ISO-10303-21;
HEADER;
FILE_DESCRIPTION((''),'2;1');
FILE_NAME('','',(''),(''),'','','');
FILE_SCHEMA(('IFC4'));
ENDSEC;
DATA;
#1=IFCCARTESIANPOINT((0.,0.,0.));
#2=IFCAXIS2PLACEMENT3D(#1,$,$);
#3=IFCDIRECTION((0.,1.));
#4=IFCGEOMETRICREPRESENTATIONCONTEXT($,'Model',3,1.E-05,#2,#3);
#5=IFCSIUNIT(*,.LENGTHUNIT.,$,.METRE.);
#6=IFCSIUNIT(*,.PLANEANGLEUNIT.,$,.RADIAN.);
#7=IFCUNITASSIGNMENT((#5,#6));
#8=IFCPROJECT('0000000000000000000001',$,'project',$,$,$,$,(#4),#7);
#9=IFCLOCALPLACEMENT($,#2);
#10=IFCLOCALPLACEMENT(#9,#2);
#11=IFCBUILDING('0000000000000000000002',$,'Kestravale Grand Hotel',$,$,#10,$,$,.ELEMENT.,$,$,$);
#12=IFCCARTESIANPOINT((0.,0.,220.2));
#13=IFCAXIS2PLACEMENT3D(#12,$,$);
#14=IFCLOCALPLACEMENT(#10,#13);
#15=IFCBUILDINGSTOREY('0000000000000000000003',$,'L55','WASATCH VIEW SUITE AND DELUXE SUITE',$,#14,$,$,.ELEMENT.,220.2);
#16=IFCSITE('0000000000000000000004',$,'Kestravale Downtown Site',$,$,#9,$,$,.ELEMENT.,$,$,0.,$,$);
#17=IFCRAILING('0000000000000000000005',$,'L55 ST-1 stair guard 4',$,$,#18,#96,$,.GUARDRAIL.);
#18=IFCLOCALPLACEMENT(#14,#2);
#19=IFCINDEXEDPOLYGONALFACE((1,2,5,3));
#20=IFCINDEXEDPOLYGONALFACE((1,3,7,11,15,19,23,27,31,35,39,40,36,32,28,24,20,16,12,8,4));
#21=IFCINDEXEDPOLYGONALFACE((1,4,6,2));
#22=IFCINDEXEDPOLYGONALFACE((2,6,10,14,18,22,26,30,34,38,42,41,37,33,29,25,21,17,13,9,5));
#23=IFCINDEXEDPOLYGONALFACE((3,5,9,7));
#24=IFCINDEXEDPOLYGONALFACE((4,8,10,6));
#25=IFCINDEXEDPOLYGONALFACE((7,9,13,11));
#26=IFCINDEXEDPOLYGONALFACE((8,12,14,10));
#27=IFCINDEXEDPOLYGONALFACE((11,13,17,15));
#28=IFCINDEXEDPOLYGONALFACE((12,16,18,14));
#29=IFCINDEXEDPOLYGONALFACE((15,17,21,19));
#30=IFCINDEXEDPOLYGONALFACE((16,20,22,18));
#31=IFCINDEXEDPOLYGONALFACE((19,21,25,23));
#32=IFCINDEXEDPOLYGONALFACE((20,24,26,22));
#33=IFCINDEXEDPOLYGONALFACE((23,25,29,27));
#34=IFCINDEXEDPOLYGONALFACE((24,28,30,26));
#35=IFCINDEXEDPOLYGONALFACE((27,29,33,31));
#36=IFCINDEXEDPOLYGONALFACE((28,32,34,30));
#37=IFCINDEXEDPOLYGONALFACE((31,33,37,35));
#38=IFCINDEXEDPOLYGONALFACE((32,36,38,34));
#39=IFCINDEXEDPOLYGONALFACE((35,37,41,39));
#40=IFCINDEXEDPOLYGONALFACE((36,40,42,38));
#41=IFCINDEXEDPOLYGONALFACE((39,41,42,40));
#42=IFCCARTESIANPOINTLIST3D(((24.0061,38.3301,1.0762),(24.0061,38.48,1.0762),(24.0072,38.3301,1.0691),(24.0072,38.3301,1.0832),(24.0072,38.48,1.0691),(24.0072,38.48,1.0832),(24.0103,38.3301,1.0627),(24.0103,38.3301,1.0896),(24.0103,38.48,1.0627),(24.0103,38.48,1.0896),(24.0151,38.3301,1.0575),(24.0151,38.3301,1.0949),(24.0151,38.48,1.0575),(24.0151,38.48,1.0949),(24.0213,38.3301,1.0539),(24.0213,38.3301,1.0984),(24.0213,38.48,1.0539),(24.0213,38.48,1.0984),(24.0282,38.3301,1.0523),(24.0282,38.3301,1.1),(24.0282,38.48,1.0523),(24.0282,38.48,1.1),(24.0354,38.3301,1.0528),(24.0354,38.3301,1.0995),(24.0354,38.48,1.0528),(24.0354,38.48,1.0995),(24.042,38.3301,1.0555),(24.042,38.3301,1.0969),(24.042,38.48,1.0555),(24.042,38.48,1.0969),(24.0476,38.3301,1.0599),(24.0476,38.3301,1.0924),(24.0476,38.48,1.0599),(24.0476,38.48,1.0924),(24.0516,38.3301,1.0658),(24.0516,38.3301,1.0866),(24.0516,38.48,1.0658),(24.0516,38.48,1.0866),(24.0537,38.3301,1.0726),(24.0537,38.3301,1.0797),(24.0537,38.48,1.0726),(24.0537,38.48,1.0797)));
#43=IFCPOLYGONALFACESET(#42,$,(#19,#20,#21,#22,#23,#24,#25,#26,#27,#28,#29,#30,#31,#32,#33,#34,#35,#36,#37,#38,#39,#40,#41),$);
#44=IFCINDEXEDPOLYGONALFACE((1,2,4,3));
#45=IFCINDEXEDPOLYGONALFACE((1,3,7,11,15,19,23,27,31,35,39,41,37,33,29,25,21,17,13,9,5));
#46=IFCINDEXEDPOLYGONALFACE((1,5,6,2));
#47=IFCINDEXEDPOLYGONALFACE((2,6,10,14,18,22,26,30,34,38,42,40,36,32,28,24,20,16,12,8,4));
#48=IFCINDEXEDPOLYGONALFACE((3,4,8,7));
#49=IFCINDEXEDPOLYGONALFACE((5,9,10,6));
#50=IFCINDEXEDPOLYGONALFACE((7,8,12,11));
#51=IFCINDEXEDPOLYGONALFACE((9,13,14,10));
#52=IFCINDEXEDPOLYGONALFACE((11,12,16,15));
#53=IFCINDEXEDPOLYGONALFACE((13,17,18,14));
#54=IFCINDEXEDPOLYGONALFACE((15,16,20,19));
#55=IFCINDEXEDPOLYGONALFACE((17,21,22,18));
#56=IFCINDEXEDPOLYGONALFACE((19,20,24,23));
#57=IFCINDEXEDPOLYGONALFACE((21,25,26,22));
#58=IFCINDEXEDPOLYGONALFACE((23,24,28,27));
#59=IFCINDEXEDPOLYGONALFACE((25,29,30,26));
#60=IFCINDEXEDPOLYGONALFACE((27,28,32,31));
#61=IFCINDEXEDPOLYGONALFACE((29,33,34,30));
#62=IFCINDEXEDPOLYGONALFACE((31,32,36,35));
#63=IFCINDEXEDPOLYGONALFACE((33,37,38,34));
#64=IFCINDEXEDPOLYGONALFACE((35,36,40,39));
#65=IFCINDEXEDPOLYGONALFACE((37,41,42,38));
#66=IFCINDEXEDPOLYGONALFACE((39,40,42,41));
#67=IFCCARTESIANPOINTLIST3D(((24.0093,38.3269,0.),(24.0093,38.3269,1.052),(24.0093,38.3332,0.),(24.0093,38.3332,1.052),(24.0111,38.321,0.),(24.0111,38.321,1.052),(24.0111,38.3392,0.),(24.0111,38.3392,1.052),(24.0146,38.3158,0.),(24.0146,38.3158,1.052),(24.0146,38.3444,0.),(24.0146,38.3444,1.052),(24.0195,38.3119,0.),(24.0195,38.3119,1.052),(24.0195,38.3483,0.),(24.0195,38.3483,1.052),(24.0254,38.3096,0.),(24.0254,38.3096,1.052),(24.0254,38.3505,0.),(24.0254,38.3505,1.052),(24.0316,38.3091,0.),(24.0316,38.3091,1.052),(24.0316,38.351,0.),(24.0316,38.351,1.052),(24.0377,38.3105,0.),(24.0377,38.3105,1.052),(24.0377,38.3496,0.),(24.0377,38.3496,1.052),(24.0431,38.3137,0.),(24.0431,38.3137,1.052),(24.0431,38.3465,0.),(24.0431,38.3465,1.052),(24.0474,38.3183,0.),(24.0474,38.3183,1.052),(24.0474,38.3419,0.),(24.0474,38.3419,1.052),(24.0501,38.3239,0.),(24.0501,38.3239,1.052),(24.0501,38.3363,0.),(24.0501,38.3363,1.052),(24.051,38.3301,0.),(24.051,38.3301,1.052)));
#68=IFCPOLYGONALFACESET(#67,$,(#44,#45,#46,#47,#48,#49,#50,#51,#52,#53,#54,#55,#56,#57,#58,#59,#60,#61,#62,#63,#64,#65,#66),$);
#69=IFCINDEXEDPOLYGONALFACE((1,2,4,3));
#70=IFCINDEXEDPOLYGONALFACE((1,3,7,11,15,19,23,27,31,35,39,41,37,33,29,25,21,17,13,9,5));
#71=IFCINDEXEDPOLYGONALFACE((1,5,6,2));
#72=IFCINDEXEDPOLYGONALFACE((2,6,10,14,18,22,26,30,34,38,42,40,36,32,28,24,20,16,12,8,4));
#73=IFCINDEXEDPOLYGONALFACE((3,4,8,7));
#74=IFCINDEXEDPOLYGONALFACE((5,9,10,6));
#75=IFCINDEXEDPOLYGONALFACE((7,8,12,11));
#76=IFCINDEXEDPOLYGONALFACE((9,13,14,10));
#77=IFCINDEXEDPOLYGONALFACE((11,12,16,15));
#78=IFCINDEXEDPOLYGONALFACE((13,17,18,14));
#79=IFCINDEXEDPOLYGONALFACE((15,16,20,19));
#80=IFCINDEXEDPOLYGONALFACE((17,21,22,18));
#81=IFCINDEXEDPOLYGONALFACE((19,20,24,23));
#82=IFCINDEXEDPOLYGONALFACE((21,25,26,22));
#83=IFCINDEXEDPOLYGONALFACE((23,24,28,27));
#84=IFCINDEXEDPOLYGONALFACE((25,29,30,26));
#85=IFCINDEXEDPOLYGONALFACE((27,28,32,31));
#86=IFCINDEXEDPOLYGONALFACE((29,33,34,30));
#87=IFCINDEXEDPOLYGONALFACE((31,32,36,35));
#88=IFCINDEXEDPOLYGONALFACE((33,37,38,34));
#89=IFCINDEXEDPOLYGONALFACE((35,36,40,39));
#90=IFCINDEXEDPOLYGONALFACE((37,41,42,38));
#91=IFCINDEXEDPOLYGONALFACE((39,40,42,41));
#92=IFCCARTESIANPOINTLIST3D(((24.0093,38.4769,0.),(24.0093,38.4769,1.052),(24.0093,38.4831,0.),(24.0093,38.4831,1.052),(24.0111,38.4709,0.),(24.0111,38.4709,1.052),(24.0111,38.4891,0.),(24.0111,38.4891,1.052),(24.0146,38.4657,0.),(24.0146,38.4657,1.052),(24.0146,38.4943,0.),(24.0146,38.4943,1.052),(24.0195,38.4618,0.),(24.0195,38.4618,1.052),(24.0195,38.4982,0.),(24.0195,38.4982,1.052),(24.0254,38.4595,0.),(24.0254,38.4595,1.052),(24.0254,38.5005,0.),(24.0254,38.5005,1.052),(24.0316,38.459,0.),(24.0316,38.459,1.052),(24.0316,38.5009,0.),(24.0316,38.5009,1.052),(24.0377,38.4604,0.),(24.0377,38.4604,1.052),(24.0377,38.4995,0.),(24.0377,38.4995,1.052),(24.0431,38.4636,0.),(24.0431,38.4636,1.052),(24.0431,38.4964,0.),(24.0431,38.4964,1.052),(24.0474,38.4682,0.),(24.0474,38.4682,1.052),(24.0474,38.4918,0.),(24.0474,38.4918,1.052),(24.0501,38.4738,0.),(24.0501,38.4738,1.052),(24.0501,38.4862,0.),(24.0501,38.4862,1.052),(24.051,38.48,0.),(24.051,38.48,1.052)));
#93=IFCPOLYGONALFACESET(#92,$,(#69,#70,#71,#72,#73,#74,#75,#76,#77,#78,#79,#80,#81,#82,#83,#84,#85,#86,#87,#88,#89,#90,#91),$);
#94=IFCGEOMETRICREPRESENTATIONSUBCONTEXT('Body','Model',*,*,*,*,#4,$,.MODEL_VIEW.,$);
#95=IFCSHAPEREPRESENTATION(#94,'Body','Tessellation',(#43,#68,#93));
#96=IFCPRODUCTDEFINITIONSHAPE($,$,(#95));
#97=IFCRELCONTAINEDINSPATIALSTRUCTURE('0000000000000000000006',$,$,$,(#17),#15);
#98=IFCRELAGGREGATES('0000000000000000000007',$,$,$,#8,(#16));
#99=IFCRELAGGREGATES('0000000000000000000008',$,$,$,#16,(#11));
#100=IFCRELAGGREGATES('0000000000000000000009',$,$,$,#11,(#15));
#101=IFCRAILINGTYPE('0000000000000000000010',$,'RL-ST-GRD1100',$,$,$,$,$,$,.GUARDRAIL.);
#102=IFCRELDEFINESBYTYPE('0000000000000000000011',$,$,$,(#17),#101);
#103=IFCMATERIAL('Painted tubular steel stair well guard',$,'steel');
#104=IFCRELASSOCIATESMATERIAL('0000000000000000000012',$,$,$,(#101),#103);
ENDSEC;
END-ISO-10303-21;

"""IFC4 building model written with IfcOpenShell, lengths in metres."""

from ifc_helpers import new_model, si_unit, direction, frame, origin, origin_2d, place, context, subcontext, project, spatial, circle, extrude, material, type_object, element, save


model = new_model("IFC4")

# Units and contexts
model_context = context("Model", 3, precision=1e-05, world=origin(), true_north=direction((0.0, 1.0)))
body_context = subcontext(model_context, "Body", "Model", "MODEL_VIEW")
ifc_project = project(units=[si_unit("LENGTHUNIT", "METRE"), si_unit("PLANEANGLEUNIT", "RADIAN")], contexts=[model_context])

# Site, building, storey
site_placement = place(None, origin())
site = spatial("IfcSite", under=ifc_project, at=site_placement, Name="Kestravale Downtown Site", CompositionType="ELEMENT", RefElevation=0.0)
building_placement = place(site_placement, origin())
building = spatial("IfcBuilding", under=site, at=building_placement, Name="Kestravale Grand Hotel", CompositionType="ELEMENT")
storey_placement = place(building_placement, frame((0.0, 0.0, 220.2)))
storey = spatial("IfcBuildingStorey", under=building, at=storey_placement, Name="L55", Description="WASATCH VIEW SUITE AND DELUXE SUITE", CompositionType="ELEMENT", Elevation=220.2)

# Railing
ifc_material_1 = material(Name="Painted tubular steel stair well guard", Category="steel")
railing_type_1 = type_object("IfcRailingType", Name="RL-ST-GRD1100", PredefinedType="GUARDRAIL", material=ifc_material_1)
railing_1_placement = place(storey_placement, frame((24.03, 38.3301, 0.0)))
element("IfcRailing", 1, at=railing_1_placement, inside=storey, type_object=railing_type_1, Name="L55 ST-1 stair guard 4", PredefinedType="GUARDRAIL", context=body_context, shape_type="SweptSolid", body=[
    extrude(circle(Radius=0.0239, at=origin_2d()), frame((0.0, 0.0, 1.0762), z_axis=(0.0, 1.0, 0.0), x_axis=(-1.0, 0.0, 0.0)), (0.0, 0.0, 1.0), 0.1499),
    extrude(circle(Radius=0.021, at=origin_2d()), origin(), (0.0, 0.0, 1.0), 1.052),
    extrude(circle(Radius=0.021, at=origin_2d()), frame((0.0, 0.1499, 0.0)), (0.0, 0.0, 1.0), 1.052),
])

save(model, "model.ifc")
